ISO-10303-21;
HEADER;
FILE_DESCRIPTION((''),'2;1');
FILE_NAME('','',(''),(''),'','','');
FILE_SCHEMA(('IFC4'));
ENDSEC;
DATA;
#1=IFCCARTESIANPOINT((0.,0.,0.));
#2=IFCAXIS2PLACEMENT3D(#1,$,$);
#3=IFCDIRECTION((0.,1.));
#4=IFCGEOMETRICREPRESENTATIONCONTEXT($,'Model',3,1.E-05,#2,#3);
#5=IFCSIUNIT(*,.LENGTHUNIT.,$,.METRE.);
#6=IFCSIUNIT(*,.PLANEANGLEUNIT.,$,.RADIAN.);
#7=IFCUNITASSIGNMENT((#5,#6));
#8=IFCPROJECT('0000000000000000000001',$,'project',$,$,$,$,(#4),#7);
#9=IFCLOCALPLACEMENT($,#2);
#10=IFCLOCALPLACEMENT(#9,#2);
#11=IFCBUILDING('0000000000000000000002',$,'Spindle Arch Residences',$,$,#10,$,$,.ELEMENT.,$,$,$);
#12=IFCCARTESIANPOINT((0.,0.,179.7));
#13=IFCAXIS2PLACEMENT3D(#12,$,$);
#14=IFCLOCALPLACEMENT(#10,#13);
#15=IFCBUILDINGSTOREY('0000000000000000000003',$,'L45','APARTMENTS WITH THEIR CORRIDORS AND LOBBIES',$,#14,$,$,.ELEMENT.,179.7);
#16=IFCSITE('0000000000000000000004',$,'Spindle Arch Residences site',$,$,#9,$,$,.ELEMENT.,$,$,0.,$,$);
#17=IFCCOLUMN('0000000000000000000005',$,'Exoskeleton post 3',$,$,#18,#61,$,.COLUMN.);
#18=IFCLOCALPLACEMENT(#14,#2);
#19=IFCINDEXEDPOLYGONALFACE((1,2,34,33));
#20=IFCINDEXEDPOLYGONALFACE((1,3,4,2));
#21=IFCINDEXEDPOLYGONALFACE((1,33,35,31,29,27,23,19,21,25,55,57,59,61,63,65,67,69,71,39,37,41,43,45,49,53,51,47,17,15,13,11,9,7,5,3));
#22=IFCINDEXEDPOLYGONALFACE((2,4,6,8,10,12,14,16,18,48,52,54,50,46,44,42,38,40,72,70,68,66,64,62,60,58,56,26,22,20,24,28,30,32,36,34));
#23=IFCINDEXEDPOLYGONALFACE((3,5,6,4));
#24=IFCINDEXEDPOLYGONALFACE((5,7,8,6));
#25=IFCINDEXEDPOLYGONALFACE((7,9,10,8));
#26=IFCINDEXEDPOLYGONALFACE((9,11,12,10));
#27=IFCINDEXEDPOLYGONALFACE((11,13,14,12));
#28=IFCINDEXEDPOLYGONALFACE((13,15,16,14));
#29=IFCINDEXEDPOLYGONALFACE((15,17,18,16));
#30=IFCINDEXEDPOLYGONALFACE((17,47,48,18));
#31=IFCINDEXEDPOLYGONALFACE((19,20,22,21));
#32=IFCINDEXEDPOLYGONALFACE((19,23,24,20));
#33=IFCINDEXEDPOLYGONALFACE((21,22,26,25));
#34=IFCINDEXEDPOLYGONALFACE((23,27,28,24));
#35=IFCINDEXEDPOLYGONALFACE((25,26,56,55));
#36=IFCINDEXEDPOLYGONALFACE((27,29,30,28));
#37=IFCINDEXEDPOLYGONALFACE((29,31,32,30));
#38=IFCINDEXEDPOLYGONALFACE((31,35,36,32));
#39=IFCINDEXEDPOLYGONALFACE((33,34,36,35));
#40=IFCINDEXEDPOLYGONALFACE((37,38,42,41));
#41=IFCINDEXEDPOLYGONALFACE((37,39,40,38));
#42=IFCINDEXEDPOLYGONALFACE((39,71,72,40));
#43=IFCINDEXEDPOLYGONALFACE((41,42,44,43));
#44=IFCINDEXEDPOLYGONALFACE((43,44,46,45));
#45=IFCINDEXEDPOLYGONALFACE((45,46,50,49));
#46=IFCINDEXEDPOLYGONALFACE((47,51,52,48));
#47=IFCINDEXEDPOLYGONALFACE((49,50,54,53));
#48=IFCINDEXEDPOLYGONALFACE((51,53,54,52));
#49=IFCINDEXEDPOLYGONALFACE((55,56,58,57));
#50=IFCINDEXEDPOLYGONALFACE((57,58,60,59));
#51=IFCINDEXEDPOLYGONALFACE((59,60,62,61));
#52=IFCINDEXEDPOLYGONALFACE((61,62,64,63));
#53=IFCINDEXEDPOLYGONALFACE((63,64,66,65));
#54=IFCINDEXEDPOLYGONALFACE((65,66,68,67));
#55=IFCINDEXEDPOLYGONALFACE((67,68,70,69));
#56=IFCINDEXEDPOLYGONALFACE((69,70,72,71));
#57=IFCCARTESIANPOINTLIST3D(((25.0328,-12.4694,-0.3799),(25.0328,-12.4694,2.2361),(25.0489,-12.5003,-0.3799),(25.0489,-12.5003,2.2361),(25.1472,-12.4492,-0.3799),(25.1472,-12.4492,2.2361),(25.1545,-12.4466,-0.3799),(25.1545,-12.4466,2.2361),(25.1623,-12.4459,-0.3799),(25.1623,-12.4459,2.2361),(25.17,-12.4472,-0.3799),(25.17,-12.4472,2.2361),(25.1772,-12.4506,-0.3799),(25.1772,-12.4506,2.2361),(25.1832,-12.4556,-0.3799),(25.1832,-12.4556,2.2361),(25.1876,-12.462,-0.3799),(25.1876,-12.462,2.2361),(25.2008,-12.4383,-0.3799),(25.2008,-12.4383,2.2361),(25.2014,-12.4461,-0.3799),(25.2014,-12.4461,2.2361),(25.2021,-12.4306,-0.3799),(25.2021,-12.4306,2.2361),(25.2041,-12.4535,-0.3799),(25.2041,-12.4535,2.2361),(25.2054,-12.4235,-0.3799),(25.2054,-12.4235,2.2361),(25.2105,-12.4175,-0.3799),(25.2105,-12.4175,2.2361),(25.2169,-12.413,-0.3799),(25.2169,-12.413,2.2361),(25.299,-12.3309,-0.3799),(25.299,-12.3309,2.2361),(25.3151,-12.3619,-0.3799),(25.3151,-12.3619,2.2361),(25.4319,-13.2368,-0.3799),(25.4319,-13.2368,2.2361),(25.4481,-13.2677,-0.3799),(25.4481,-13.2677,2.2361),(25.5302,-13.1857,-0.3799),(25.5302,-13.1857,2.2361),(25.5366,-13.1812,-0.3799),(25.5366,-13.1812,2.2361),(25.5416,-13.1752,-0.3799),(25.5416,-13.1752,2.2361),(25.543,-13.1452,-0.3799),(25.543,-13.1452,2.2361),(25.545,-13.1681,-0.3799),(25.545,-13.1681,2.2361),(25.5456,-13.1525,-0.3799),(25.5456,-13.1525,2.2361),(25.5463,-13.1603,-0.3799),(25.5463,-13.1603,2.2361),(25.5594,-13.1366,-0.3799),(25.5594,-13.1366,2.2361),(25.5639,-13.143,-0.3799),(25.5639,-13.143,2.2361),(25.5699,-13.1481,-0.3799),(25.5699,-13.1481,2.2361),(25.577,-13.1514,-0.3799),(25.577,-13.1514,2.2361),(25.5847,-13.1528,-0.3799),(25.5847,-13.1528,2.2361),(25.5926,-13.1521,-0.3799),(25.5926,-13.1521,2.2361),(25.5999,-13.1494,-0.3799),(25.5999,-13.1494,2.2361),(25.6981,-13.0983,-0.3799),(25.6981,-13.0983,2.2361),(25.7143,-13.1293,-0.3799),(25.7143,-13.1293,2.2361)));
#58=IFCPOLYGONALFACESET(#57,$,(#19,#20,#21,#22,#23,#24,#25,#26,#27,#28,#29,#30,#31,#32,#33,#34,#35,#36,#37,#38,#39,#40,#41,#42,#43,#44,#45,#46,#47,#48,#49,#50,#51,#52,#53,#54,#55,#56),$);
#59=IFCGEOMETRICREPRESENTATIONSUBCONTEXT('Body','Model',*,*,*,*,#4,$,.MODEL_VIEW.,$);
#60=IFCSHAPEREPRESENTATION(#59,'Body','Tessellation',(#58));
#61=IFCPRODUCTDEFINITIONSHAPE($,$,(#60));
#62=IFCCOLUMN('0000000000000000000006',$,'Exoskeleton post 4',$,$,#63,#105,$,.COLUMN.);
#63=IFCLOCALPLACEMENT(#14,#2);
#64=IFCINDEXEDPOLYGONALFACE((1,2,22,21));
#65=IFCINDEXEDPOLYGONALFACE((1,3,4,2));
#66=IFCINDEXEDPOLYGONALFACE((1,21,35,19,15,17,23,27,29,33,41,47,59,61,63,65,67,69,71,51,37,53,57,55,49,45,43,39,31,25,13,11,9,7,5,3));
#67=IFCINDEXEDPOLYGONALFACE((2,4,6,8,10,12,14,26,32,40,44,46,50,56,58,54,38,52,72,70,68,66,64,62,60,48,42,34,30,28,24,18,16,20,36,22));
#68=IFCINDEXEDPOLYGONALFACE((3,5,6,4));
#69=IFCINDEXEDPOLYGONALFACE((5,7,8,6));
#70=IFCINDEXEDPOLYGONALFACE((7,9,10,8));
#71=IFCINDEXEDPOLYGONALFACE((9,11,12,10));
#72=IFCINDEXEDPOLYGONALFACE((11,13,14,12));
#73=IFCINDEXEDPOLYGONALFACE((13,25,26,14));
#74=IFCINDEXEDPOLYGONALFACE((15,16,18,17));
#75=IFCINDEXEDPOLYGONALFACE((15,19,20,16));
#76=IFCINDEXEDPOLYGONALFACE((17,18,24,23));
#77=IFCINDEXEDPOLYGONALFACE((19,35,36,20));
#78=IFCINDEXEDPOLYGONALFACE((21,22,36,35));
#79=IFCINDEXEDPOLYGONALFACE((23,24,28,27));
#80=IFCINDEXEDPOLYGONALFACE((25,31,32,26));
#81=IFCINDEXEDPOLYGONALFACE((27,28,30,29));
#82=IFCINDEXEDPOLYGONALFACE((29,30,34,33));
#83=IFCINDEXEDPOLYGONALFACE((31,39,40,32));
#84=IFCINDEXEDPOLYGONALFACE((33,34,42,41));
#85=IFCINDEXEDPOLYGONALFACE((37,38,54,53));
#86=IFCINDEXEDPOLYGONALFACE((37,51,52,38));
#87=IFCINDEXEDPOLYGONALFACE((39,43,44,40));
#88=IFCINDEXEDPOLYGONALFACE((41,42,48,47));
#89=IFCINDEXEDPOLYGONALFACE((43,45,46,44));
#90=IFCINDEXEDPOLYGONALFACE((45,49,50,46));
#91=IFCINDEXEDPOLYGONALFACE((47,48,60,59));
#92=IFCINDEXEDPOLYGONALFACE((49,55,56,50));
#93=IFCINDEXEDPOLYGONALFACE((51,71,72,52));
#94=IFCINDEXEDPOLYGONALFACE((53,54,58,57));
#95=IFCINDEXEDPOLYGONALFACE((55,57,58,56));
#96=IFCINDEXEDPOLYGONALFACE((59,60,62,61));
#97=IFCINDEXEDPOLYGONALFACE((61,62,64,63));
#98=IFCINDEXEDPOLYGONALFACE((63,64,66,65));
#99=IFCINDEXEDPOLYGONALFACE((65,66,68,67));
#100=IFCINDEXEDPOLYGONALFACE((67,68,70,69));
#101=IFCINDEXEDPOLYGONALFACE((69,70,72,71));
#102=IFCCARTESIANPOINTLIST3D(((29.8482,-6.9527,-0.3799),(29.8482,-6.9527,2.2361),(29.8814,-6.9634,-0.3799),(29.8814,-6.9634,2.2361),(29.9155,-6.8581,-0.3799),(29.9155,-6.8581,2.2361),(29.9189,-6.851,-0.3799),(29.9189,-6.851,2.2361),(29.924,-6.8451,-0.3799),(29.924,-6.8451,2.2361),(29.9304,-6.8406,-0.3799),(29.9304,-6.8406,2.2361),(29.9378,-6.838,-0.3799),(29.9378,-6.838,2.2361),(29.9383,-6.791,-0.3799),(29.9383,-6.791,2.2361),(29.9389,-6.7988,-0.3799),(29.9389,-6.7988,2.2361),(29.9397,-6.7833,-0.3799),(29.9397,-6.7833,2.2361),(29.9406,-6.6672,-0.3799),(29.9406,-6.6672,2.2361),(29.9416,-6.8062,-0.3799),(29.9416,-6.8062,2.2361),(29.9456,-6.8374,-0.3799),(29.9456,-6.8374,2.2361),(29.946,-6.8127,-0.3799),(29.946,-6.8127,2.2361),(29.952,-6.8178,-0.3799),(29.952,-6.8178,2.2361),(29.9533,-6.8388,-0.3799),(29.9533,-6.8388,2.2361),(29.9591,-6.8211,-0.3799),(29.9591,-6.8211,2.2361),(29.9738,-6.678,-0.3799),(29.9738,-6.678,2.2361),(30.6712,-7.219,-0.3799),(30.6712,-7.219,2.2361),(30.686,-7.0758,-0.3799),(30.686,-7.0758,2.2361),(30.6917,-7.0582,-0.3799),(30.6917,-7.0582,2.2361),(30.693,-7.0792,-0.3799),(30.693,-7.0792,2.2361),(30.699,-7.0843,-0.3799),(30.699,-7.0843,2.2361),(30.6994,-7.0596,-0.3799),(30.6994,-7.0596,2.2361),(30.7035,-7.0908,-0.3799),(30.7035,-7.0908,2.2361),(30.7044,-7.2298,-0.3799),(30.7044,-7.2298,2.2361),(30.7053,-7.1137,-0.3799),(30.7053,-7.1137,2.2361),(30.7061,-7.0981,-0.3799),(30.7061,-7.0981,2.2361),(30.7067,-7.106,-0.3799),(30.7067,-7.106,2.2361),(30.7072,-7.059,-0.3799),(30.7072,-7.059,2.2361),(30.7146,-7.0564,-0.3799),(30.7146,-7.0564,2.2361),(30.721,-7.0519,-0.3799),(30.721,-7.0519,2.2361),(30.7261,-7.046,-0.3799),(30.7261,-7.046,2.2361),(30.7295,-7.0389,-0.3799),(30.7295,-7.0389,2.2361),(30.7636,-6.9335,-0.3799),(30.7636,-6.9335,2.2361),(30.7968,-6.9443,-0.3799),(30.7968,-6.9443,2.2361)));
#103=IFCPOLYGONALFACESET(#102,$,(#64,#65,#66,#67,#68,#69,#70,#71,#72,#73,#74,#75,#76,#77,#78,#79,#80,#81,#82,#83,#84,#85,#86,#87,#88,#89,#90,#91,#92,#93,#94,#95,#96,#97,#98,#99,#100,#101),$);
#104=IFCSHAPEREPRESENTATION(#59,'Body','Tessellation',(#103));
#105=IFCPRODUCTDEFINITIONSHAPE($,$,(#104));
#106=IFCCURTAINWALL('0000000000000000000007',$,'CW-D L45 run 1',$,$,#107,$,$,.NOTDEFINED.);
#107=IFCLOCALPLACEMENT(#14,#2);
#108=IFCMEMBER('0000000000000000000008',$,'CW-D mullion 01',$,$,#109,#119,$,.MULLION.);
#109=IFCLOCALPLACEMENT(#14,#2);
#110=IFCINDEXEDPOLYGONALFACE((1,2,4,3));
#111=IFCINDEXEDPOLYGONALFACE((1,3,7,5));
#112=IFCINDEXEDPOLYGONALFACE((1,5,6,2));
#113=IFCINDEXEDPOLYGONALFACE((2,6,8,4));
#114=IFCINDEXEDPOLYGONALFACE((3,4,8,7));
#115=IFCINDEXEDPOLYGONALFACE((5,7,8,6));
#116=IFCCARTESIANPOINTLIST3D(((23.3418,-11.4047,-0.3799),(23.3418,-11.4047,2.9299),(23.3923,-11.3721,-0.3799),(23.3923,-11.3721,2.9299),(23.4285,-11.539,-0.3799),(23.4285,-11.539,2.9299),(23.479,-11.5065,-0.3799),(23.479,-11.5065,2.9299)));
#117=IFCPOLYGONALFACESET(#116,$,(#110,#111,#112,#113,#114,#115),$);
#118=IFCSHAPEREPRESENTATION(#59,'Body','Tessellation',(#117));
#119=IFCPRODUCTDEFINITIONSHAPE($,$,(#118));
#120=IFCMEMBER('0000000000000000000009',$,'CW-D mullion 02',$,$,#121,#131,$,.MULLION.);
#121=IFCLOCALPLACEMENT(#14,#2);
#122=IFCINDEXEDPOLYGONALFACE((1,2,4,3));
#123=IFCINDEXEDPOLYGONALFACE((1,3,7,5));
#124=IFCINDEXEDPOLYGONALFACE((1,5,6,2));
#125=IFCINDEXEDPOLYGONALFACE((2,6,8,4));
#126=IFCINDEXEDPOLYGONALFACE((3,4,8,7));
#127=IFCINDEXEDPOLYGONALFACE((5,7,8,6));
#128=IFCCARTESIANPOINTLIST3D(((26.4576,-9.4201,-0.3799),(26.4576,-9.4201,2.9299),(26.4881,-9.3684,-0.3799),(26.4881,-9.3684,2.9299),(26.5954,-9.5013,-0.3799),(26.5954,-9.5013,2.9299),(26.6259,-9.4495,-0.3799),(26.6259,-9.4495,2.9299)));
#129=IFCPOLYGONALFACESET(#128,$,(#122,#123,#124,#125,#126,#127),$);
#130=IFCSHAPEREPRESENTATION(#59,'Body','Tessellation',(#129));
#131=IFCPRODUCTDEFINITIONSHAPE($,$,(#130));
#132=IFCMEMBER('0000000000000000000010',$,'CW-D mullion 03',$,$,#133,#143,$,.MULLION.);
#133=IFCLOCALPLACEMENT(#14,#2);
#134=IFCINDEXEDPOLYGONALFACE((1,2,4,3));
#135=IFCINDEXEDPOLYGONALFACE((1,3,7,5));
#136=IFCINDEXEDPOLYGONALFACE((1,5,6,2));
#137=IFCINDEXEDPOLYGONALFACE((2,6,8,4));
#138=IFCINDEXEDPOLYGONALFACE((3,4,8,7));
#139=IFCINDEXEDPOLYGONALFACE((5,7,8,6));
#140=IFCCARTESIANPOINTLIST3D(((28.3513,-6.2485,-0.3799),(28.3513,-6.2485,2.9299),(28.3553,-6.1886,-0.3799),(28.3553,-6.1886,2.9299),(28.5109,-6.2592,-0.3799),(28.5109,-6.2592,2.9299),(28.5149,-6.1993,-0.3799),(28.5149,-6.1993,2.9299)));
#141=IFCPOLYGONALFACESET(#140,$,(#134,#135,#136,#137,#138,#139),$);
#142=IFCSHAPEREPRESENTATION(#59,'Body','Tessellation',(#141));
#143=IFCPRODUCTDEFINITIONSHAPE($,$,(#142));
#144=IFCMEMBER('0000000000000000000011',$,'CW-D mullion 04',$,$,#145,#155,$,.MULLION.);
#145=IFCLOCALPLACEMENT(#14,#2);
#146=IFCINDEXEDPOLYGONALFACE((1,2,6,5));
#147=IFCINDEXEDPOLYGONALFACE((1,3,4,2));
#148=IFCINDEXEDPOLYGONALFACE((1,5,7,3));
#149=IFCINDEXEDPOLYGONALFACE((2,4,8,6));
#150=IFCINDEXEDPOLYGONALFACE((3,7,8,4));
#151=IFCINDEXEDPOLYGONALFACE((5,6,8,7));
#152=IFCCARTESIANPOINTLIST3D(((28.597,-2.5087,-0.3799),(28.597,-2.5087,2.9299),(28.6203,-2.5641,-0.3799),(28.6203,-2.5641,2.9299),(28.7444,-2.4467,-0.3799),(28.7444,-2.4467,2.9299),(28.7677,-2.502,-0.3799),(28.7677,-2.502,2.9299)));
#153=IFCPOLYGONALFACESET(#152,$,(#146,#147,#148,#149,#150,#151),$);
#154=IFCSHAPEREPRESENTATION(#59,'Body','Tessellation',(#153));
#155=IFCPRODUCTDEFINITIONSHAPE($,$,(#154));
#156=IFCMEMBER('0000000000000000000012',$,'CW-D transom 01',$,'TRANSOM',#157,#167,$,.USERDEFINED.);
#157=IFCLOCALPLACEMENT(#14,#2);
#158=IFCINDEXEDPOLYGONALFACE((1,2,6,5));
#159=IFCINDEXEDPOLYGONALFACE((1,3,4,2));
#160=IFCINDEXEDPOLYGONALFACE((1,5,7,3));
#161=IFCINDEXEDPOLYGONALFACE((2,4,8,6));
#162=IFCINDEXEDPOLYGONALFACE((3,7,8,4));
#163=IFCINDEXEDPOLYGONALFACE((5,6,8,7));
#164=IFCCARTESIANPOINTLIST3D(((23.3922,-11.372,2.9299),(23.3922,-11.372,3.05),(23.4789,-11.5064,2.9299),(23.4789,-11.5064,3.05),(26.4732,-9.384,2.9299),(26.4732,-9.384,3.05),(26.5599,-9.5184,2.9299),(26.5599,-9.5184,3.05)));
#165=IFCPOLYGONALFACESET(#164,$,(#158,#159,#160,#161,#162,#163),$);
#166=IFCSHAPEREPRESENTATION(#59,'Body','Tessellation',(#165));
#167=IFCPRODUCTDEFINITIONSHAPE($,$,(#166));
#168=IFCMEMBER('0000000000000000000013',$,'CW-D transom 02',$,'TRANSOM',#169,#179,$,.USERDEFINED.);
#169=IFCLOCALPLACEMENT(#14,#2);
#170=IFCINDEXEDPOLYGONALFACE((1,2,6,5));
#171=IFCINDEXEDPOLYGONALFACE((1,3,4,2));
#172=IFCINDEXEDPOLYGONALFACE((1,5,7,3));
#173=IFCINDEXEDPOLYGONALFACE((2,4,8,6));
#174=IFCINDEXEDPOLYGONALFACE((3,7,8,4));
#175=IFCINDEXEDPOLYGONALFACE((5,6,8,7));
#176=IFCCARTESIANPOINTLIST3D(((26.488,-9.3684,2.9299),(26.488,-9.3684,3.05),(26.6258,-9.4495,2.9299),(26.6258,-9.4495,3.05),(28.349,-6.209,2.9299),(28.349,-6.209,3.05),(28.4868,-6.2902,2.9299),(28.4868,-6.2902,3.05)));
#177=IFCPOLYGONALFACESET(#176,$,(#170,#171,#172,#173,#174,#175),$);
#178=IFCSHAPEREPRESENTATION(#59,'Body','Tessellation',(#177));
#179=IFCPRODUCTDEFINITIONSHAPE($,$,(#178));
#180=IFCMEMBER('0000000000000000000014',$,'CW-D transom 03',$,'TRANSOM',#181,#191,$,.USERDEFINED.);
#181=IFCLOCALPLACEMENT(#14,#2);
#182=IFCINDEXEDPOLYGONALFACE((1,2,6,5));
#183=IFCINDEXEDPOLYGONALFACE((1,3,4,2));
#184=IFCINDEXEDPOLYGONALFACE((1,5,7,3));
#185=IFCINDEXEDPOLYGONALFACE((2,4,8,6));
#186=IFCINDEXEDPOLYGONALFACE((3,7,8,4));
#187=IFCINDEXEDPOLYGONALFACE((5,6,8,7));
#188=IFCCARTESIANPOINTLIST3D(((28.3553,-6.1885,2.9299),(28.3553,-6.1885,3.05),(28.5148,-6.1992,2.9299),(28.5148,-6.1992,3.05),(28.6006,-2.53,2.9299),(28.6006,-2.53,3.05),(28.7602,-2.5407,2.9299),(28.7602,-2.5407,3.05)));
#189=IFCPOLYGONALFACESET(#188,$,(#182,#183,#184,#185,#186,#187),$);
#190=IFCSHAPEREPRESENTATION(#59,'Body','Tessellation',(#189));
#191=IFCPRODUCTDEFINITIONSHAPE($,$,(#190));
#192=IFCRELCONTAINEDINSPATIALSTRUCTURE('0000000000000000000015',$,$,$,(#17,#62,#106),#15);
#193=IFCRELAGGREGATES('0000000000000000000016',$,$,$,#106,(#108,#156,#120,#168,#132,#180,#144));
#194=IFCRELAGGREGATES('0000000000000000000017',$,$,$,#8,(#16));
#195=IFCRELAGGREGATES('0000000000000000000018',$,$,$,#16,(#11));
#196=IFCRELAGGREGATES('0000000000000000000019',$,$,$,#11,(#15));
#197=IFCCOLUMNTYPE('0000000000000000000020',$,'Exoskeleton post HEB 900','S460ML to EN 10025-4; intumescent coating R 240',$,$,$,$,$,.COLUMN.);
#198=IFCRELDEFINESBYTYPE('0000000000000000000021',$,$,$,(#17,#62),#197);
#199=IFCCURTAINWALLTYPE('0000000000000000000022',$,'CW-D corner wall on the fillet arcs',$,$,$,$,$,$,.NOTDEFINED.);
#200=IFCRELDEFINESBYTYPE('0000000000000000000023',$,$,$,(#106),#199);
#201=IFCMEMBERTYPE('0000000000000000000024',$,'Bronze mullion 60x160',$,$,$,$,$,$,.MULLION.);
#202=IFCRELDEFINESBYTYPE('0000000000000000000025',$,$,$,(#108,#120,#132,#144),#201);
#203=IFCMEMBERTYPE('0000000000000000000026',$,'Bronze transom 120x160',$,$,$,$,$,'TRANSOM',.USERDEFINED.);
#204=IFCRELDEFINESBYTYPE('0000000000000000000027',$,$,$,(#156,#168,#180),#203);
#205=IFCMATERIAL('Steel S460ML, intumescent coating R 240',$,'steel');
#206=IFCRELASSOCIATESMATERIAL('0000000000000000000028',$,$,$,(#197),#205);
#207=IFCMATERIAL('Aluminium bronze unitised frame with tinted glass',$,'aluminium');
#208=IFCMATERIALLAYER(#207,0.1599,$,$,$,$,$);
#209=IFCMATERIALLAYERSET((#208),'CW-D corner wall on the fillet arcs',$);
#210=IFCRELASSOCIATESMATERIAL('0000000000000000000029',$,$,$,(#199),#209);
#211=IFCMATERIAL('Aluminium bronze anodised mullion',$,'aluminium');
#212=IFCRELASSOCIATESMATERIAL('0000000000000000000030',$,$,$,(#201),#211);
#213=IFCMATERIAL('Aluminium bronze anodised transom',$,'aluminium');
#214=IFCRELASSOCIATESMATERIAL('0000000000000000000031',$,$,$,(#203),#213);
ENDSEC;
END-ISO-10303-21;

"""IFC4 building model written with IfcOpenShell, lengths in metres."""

from ifc_helpers import new_model, si_unit, direction, frame, origin, origin_2d, place, context, subcontext, project, spatial, rectangle, i_section, extrude, material, layer, layer_set, material_profile, profile_set, type_object, element, aggregate, save


model = new_model("IFC4")

# Units and contexts
model_context = context("Model", 3, precision=1e-05, world=origin(), true_north=direction((0.0, 1.0)))
body_context = subcontext(model_context, "Body", "Model", "MODEL_VIEW")
ifc_project = project(units=[si_unit("LENGTHUNIT", "METRE"), si_unit("PLANEANGLEUNIT", "RADIAN")], contexts=[model_context])

# Site, building, storey
site_placement = place(None, origin())
site = spatial("IfcSite", under=ifc_project, at=site_placement, Name="Spindle Arch Residences site", CompositionType="ELEMENT", RefElevation=0.0)
building_placement = place(site_placement, origin())
building = spatial("IfcBuilding", under=site, at=building_placement, Name="Spindle Arch Residences", CompositionType="ELEMENT")
storey_placement = place(building_placement, frame((0.0, 0.0, 179.7)))
storey = spatial("IfcBuildingStorey", under=building, at=storey_placement, Name="L45", Description="APARTMENTS WITH THEIR CORRIDORS AND LOBBIES", CompositionType="ELEMENT", Elevation=179.7)

# Columns
ifc_material_1 = material(Name="Steel S460ML, intumescent coating R 240", Category="steel")
ifc_material_profile_1 = material_profile(ifc_material_1, i_section(OverallWidth=0.3, OverallDepth=0.8999, WebThickness=0.0186, FlangeThickness=0.0349, FilletRadius=0.03, at=origin_2d()), Name="HEB 900")
ifc_profile_set_1 = profile_set([ifc_material_profile_1], Name="Steel S460ML, intumescent coating R 240")
column_type = type_object("IfcColumnType", Name="Exoskeleton post HEB 900", Description="S460ML to EN 10025-4; intumescent coating R 240", PredefinedType="COLUMN", material=ifc_profile_set_1)
for number, where, z_axis, x_axis, name in (
    (1, (25.3735, -12.7993, -0.3799), (0.0, 0.0, 1.0), (-0.887176, -0.46143, 0.0), "Exoskeleton post 3"),
    (2, (30.3225, -6.9485, -0.3799), (0.0, 0.0, 1.0), (-0.30788, -0.951425, 0.0), "Exoskeleton post 4"),
):
    element("IfcColumn", number, at=place(storey_placement, frame(where, z_axis=z_axis, x_axis=x_axis)), inside=storey, type_object=column_type, Name=name, PredefinedType="COLUMN", context=body_context, shape_type="SweptSolid", body=[
        extrude(i_section(OverallWidth=0.3, OverallDepth=0.8999, WebThickness=0.0186, FlangeThickness=0.0349, FilletRadius=0.03, at=origin_2d()), origin(), (0.0, 0.0, 1.0), 2.616),
    ])

# Curtain wall, members
ifc_material_2 = material(Name="Aluminium bronze unitised frame with tinted glass", Category="aluminium")
ifc_layer_1 = layer(ifc_material_2, 0.1599)
ifc_layer_set_1 = layer_set([ifc_layer_1], Name="CW-D corner wall on the fillet arcs")
curtain_wall_type = type_object("IfcCurtainWallType", Name="CW-D corner wall on the fillet arcs", PredefinedType="NOTDEFINED", material=ifc_layer_set_1)
curtain_wall_placement = place(storey_placement, origin())
curtain_wall = element("IfcCurtainWall", 3, at=curtain_wall_placement, inside=storey, type_object=curtain_wall_type, Name="CW-D L45 run 1", PredefinedType="NOTDEFINED")
ifc_material_3 = material(Name="Aluminium bronze anodised mullion", Category="aluminium")
ifc_material_profile_2 = material_profile(ifc_material_3, rectangle(XDim=0.1599, YDim=0.0601, at=origin_2d()), Name="MU 60x160")
ifc_profile_set_2 = profile_set([ifc_material_profile_2], Name="Aluminium bronze anodised mullion")
member_type_1 = type_object("IfcMemberType", Name="Bronze mullion 60x160", PredefinedType="MULLION", material=ifc_profile_set_2)
member_1_placement = place(storey_placement, frame((23.4104, -11.4556, -0.3799), z_axis=(0.0, 0.0, 1.0), x_axis=(-0.542197, 0.840251, 0.0)))
member_1 = element("IfcMember", 4, at=member_1_placement, type_object=member_type_1, Name="CW-D mullion 01", PredefinedType="MULLION", context=body_context, shape_type="SweptSolid", body=[
    extrude(rectangle(XDim=0.1599, YDim=0.0601, at=origin_2d()), origin(), (0.0, 0.0, 1.0), 3.3098),
])
member_2_placement = place(storey_placement, frame((26.5417, -9.4348, -0.3799), z_axis=(0.0, 0.0, 1.0), x_axis=(-0.861629, 0.507538, 0.0)))
member_2 = element("IfcMember", 5, at=member_2_placement, type_object=member_type_1, Name="CW-D mullion 02", PredefinedType="MULLION", context=body_context, shape_type="SweptSolid", body=[
    extrude(rectangle(XDim=0.1599, YDim=0.0601, at=origin_2d()), origin(), (0.0, 0.0, 1.0), 3.3098),
])
member_3_placement = place(storey_placement, frame((28.4331, -6.2239, -0.3799), z_axis=(0.0, 0.0, 1.0), x_axis=(-0.997763, 0.066854, 0.0)))
member_3 = element("IfcMember", 6, at=member_3_placement, type_object=member_type_1, Name="CW-D mullion 03", PredefinedType="MULLION", context=body_context, shape_type="SweptSolid", body=[
    extrude(rectangle(XDim=0.1599, YDim=0.0601, at=origin_2d()), origin(), (0.0, 0.0, 1.0), 3.3098),
])
member_4_placement = place(storey_placement, frame((28.6824, -2.5054, -0.3799), z_axis=(0.0, 0.0, 1.0), x_axis=(-0.921638, -0.388052, 0.0)))
member_4 = element("IfcMember", 7, at=member_4_placement, type_object=member_type_1, Name="CW-D mullion 04", PredefinedType="MULLION", context=body_context, shape_type="SweptSolid", body=[
    extrude(rectangle(XDim=0.1599, YDim=0.0601, at=origin_2d()), origin(), (0.0, 0.0, 1.0), 3.3098),
])
ifc_material_4 = material(Name="Aluminium bronze anodised transom", Category="aluminium")
ifc_material_profile_3 = material_profile(ifc_material_4, rectangle(XDim=0.1599, YDim=0.1201, at=origin_2d()), Name="TR 120x160")
ifc_profile_set_3 = profile_set([ifc_material_profile_3], Name="Aluminium bronze anodised transom")
member_type_2 = type_object("IfcMemberType", Name="Bronze transom 120x160", ElementType="TRANSOM", PredefinedType="USERDEFINED", material=ifc_profile_set_3)
member_5_placement = place(storey_placement, frame((23.4355, -11.4392, 2.99), z_axis=(0.840264, 0.542177, 0.0), x_axis=(-0.542177, 0.840264, 0.0)))
member_5 = element("IfcMember", 8, at=member_5_placement, type_object=member_type_2, Name="CW-D transom 01", ObjectType="TRANSOM", PredefinedType="USERDEFINED", context=body_context, shape_type="SweptSolid", body=[
    extrude(rectangle(XDim=0.1599, YDim=0.1201, at=origin_2d()), origin(), (0.0, 0.0, 1.0), 3.6667),
])
member_6_placement = place(storey_placement, frame((26.5569, -9.4089, 2.99), z_axis=(0.507547, 0.861624, 0.0), x_axis=(-0.861624, 0.507547, 0.0)))
member_6 = element("IfcMember", 9, at=member_6_placement, type_object=member_type_2, Name="CW-D transom 02", ObjectType="TRANSOM", PredefinedType="USERDEFINED", context=body_context, shape_type="SweptSolid", body=[
    extrude(rectangle(XDim=0.1599, YDim=0.1201, at=origin_2d()), origin(), (0.0, 0.0, 1.0), 3.6667),
])
member_7_placement = place(storey_placement, frame((28.4351, -6.1938, 2.99), z_axis=(0.066917, 0.997759, 0.0), x_axis=(-0.997759, 0.066917, 0.0)))
member_7 = element("IfcMember", 10, at=member_7_placement, type_object=member_type_2, Name="CW-D transom 03", ObjectType="TRANSOM", PredefinedType="USERDEFINED", context=body_context, shape_type="SweptSolid", body=[
    extrude(rectangle(XDim=0.1599, YDim=0.1201, at=origin_2d()), origin(), (0.0, 0.0, 1.0), 3.6667),
])

aggregate(curtain_wall, [member_1, member_5, member_2, member_6, member_3, member_7, member_4])

save(model, "model.ifc")
